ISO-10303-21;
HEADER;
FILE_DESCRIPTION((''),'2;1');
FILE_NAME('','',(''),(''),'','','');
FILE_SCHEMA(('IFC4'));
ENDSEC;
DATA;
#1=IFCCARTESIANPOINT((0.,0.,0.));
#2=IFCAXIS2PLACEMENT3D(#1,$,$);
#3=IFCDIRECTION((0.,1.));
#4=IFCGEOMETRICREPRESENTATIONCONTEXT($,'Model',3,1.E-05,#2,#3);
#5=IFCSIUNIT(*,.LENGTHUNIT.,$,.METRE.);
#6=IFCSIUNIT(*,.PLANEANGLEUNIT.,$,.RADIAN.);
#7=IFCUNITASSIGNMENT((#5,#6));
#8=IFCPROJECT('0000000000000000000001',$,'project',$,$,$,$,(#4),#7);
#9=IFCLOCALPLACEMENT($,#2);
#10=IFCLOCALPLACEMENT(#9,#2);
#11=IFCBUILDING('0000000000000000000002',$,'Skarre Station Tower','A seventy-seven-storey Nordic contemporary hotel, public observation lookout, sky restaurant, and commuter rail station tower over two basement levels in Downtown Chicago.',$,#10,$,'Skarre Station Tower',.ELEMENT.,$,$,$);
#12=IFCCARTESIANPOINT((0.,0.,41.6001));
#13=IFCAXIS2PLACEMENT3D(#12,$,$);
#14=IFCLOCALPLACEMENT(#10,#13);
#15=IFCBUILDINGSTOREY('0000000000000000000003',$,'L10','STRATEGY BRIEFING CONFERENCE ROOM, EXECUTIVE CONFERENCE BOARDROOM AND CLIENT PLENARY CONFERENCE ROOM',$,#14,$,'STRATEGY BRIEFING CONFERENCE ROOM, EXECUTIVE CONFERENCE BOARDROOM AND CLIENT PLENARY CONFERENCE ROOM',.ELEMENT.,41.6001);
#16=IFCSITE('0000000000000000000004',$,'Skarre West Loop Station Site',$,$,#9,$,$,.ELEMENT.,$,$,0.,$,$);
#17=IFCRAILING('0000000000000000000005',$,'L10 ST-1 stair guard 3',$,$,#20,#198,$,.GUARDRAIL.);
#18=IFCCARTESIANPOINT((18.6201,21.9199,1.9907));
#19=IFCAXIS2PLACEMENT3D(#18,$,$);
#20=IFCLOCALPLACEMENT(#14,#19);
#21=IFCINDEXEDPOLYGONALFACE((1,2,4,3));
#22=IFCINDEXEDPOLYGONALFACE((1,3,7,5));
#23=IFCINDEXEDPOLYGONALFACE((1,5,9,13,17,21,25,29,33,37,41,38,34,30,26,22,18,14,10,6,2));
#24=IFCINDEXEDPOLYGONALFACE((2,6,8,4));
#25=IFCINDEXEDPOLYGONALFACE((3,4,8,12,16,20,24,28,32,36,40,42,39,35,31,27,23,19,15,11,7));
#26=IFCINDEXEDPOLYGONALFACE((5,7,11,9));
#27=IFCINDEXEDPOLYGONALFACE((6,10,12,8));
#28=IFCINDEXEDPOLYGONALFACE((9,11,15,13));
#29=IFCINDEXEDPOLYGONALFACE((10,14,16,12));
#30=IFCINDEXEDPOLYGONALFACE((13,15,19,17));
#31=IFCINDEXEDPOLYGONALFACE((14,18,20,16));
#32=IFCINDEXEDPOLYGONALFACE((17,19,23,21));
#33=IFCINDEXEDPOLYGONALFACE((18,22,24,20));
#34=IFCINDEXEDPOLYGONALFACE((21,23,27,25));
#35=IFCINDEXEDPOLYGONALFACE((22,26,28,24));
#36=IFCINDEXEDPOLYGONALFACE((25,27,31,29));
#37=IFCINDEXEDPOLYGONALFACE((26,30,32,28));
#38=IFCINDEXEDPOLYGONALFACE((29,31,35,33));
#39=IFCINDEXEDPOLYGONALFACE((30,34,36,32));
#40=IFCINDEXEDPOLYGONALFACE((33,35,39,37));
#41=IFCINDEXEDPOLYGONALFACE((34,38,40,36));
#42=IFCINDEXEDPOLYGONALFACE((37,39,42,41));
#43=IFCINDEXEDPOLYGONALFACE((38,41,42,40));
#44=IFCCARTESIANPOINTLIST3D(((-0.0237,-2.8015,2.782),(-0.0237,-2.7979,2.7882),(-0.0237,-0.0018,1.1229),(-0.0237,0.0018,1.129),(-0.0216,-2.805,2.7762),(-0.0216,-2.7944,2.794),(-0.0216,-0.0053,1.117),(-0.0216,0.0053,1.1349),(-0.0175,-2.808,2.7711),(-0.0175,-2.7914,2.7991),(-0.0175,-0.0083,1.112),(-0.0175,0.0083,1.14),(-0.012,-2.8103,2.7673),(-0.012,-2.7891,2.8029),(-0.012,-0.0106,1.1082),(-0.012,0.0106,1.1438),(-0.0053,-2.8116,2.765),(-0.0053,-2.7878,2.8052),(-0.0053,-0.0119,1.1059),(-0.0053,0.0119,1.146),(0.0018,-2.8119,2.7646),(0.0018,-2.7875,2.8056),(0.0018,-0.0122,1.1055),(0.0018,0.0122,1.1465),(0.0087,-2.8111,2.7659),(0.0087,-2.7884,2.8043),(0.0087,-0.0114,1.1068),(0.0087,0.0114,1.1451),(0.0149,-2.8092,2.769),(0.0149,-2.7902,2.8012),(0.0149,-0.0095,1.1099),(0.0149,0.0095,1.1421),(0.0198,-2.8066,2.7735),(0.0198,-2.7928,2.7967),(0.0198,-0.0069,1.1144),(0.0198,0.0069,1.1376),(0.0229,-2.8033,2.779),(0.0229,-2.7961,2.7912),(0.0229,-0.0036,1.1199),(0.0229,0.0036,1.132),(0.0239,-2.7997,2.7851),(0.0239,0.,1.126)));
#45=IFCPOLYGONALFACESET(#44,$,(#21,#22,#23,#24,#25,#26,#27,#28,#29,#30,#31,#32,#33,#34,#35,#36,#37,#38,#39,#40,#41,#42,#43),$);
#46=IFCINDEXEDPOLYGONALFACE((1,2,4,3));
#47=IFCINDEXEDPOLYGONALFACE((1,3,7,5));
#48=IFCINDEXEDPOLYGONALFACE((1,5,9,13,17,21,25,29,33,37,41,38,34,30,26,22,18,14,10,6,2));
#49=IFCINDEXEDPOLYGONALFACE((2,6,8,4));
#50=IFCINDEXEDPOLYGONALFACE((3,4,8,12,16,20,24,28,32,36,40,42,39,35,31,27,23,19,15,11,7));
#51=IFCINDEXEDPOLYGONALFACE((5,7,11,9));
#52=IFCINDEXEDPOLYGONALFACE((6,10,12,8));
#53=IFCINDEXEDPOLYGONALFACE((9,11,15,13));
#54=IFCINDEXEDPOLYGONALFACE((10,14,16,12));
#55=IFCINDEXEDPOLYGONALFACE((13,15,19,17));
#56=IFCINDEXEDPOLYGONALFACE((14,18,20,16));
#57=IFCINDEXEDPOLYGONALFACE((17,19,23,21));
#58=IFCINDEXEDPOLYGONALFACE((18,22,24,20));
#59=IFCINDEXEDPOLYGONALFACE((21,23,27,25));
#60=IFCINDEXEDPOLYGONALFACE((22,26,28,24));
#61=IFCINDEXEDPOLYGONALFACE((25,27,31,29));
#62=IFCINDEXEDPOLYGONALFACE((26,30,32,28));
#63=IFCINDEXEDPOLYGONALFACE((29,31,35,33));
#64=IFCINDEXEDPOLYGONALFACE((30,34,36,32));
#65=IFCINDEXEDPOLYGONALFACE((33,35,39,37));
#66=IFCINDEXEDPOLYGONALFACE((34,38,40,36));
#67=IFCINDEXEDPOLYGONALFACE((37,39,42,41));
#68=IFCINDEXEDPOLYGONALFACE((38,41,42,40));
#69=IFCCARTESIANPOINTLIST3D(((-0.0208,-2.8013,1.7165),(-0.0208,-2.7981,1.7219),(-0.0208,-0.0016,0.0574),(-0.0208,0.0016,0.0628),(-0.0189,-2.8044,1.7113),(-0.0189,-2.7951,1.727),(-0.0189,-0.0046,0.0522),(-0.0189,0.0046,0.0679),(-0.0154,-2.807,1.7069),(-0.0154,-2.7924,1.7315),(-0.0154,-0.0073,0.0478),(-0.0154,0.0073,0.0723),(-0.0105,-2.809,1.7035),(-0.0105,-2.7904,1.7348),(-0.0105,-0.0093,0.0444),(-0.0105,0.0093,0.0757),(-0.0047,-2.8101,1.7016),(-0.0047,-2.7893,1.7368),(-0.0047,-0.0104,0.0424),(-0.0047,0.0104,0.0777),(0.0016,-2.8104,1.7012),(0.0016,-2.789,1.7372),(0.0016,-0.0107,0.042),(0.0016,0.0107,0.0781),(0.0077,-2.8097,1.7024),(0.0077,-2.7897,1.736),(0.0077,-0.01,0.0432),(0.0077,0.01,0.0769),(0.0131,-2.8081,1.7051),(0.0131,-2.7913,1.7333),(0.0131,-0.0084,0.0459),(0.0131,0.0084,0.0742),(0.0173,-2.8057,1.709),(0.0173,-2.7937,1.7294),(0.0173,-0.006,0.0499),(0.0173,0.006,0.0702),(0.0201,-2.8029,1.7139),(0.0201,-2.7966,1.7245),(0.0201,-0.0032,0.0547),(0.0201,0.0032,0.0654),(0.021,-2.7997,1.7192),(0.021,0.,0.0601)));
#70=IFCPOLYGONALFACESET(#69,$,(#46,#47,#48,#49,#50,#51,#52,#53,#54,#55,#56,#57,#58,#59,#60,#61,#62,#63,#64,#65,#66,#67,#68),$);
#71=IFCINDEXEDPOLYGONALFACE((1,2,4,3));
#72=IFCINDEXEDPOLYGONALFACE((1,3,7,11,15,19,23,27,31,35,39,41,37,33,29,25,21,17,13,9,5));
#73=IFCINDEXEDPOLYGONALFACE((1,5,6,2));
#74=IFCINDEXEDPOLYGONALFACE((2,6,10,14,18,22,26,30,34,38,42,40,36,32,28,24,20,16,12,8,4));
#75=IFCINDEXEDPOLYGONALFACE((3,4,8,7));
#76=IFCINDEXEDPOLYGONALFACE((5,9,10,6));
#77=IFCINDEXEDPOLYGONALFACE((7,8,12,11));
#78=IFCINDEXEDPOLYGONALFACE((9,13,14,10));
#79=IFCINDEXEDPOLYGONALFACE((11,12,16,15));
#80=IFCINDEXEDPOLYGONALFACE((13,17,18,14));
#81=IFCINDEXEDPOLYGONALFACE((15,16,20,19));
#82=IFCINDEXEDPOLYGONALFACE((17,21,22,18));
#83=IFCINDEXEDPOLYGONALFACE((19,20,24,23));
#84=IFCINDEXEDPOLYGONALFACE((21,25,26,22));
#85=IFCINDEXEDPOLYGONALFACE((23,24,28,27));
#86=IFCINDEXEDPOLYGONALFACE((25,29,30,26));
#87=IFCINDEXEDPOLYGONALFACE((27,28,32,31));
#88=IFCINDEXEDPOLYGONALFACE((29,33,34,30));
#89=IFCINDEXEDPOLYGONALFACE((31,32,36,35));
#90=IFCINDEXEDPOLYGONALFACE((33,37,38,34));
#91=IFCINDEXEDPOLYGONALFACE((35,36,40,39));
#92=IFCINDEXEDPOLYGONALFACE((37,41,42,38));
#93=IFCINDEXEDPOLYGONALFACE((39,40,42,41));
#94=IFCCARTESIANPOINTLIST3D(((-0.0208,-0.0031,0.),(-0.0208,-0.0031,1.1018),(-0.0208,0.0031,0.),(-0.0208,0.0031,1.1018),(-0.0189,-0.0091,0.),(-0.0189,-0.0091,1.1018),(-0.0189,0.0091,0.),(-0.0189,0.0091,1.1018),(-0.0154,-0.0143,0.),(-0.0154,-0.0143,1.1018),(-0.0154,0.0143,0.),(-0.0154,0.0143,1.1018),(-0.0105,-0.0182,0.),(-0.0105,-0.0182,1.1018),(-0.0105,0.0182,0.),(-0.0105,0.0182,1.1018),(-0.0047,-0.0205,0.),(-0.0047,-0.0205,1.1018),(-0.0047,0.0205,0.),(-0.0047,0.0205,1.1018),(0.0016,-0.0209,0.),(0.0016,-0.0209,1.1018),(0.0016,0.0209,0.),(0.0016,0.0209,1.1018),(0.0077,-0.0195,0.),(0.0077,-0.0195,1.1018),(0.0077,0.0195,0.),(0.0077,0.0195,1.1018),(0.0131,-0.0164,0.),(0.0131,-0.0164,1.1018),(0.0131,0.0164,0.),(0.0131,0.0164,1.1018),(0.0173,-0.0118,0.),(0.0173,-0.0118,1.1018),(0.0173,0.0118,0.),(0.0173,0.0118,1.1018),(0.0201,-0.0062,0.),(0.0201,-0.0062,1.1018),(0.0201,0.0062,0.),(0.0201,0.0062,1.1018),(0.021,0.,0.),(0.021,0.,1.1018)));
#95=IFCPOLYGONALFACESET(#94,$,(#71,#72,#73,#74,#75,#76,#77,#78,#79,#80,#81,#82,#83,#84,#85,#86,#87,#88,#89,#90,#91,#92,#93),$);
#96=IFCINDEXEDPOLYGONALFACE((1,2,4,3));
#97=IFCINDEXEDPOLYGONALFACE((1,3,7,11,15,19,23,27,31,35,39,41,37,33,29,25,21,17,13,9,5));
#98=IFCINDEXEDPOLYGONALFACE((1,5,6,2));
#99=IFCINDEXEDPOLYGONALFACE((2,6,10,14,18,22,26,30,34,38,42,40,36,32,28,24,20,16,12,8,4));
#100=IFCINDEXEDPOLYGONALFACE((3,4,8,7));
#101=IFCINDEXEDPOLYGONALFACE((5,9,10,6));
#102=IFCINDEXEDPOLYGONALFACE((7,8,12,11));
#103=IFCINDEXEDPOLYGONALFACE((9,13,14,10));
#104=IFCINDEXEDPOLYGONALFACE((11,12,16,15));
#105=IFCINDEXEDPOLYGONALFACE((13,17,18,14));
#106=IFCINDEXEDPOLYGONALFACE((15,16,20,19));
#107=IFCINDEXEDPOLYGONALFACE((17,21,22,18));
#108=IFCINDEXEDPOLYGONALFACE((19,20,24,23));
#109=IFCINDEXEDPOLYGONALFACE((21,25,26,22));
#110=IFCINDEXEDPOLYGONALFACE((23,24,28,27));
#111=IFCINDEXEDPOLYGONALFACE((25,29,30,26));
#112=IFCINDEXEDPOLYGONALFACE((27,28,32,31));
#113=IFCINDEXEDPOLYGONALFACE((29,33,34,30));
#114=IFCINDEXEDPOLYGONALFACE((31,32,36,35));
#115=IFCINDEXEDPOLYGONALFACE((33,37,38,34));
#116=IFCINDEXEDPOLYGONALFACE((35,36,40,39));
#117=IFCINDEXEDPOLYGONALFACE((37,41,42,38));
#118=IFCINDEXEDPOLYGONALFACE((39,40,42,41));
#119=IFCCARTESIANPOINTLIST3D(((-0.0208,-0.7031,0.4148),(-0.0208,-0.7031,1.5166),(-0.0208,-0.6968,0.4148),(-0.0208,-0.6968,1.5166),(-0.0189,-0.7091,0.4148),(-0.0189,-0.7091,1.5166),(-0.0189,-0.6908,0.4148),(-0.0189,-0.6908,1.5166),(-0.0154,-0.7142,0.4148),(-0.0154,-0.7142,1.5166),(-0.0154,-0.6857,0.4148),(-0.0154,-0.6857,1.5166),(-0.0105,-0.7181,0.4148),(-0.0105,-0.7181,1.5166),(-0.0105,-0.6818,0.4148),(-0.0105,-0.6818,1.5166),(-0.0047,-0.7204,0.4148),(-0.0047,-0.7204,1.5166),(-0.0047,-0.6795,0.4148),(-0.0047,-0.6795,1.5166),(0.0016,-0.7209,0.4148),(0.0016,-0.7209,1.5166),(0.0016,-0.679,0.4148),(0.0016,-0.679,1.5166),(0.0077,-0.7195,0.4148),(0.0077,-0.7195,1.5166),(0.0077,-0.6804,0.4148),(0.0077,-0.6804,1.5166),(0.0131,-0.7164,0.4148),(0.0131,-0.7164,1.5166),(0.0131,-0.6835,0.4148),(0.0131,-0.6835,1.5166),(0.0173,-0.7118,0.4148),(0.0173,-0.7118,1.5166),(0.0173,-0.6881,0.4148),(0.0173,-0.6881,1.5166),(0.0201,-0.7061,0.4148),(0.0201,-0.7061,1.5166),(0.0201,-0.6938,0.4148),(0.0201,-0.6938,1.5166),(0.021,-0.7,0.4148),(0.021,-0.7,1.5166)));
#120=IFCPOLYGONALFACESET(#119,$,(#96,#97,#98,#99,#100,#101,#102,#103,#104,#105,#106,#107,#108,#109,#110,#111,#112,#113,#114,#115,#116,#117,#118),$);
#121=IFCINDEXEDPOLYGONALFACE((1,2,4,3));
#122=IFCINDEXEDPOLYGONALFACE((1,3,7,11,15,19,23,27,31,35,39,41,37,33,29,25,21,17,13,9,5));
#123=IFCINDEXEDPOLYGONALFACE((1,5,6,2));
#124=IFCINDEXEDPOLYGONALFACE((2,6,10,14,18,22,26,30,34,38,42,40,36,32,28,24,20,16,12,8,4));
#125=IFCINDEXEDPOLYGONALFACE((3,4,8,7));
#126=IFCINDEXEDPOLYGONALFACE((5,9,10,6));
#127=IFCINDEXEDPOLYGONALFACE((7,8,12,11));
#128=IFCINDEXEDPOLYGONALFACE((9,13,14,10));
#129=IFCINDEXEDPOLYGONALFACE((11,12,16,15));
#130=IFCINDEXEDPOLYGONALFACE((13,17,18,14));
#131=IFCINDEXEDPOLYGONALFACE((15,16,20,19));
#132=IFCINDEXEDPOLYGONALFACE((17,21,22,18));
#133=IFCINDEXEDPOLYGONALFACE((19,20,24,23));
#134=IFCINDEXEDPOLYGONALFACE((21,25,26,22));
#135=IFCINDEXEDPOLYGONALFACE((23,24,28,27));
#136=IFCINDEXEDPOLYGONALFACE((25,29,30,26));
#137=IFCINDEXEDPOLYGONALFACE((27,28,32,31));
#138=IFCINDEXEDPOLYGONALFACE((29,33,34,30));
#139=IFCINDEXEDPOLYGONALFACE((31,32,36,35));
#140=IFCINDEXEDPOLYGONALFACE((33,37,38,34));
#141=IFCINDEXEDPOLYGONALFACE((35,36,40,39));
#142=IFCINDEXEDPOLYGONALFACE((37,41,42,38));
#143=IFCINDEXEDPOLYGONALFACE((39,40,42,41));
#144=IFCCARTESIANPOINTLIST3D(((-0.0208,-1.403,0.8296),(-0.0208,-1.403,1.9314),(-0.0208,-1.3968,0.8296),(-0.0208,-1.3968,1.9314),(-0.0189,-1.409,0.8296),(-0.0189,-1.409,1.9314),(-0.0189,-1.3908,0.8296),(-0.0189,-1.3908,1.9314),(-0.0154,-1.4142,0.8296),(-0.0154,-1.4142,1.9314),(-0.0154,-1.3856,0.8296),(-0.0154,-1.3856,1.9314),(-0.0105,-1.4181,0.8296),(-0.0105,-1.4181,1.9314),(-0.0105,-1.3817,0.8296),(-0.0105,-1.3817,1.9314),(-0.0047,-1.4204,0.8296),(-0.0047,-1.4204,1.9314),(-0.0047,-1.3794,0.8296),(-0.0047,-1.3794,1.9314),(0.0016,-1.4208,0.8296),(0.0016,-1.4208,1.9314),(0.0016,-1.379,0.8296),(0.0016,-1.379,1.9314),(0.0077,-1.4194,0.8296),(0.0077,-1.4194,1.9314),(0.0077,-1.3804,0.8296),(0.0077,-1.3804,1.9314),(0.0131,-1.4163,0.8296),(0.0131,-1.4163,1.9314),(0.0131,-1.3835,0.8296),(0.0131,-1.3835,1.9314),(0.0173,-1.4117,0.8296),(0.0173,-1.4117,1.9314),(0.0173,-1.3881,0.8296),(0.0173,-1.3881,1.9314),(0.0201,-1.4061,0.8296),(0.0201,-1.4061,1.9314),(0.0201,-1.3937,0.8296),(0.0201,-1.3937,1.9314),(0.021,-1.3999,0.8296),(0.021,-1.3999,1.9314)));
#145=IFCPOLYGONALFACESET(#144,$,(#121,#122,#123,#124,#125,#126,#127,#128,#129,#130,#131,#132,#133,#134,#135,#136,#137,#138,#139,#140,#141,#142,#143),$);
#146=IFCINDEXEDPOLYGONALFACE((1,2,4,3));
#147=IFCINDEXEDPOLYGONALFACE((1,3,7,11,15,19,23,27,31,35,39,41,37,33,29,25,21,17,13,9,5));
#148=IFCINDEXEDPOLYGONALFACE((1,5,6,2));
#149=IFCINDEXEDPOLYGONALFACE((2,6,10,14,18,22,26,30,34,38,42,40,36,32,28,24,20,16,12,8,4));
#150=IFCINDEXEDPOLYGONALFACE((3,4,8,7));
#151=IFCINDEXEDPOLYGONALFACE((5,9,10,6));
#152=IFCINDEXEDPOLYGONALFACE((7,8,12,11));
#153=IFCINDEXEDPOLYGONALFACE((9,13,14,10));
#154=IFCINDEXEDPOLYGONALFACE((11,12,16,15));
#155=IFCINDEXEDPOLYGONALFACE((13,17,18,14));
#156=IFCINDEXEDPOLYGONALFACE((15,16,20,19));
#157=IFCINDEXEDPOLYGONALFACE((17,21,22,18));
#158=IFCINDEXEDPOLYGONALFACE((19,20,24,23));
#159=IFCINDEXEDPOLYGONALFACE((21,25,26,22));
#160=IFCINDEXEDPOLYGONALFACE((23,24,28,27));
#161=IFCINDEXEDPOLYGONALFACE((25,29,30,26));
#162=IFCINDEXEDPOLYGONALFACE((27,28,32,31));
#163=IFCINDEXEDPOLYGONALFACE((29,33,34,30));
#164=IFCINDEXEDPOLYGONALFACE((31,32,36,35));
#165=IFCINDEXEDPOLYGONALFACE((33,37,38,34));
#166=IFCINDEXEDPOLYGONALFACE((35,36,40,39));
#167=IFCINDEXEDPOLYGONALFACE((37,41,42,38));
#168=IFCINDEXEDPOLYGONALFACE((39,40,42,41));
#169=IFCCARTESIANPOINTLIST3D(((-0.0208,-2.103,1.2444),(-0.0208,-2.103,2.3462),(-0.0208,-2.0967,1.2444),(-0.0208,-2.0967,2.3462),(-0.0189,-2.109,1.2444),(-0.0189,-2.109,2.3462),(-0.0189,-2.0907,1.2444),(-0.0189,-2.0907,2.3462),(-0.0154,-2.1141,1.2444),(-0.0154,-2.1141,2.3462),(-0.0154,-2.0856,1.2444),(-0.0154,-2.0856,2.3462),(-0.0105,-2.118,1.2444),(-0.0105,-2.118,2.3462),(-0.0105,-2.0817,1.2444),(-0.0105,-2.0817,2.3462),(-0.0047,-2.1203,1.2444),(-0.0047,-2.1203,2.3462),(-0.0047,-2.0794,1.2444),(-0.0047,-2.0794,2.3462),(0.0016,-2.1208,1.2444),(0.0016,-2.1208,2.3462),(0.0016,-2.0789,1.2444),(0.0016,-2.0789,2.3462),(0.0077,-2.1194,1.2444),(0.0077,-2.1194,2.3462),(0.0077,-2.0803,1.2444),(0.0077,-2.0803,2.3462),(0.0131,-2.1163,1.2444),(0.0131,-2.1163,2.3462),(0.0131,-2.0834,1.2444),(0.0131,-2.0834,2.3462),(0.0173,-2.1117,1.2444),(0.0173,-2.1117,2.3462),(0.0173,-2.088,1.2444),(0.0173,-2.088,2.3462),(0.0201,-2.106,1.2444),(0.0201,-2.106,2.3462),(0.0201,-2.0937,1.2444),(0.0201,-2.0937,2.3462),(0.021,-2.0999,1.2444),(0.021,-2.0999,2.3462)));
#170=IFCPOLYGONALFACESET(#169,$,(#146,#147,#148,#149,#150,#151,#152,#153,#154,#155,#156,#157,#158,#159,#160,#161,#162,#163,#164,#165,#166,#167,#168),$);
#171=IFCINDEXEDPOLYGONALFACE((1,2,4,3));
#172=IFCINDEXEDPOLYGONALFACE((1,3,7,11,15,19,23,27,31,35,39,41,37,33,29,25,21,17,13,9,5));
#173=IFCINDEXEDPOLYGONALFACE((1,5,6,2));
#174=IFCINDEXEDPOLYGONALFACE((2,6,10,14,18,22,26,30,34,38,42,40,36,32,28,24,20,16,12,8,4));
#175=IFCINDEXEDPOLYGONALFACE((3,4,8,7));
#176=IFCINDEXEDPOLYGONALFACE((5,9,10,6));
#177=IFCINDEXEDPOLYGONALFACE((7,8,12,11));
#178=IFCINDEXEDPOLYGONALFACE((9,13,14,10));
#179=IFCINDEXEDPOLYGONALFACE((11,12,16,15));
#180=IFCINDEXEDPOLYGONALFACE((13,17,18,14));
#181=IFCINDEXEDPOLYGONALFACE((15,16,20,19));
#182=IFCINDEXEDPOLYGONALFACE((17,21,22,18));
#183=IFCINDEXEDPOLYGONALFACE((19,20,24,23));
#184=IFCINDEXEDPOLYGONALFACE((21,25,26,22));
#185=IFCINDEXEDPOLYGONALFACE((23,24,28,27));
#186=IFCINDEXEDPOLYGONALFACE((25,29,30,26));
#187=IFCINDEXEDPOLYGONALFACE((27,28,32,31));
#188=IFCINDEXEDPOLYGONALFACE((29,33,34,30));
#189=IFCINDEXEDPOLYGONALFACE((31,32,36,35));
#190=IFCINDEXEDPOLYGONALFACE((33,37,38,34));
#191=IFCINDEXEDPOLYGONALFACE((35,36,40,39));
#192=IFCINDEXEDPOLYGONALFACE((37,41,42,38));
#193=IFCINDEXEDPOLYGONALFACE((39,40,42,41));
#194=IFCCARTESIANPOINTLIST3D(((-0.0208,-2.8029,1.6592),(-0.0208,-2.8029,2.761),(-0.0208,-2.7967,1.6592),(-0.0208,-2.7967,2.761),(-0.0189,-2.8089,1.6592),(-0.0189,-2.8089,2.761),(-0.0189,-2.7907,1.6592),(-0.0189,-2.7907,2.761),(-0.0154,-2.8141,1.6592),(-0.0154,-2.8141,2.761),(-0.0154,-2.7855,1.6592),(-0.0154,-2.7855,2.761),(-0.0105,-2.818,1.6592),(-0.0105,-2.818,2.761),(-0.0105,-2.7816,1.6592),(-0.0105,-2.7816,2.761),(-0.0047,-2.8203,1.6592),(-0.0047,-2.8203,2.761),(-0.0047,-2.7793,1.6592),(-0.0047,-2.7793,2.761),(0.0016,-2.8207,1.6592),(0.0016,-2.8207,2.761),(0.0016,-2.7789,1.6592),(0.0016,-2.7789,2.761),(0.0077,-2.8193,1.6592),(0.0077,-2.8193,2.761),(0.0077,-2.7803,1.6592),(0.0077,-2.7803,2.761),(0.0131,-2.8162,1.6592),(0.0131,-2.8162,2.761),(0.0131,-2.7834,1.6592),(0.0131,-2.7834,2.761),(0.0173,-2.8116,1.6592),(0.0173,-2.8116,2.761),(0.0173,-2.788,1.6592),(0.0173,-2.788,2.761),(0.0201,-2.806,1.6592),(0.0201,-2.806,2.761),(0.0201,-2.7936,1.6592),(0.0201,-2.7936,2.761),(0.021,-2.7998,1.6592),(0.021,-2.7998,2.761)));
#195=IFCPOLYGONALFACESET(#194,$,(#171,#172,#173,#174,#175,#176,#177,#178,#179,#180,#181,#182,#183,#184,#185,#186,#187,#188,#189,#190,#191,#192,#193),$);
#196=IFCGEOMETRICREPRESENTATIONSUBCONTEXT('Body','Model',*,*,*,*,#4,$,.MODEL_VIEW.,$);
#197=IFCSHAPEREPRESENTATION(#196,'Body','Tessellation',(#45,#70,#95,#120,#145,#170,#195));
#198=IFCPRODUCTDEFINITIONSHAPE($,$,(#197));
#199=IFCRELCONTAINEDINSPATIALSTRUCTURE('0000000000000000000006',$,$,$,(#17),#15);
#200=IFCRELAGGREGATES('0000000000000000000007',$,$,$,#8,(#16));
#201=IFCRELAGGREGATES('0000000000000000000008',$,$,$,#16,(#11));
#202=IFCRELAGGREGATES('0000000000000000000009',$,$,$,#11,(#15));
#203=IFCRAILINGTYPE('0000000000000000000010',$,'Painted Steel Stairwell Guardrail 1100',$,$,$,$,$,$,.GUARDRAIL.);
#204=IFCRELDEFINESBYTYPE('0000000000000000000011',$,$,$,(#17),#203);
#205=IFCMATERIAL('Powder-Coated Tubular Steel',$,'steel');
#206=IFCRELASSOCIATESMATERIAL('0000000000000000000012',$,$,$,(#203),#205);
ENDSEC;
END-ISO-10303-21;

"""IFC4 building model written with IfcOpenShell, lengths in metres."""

from ifc_helpers import new_model, si_unit, direction, frame, origin, origin_2d, place, context, subcontext, project, spatial, circle, extrude, material, type_object, element, save


model = new_model("IFC4")

# Units and contexts
model_context = context("Model", 3, precision=1e-05, world=origin(), true_north=direction((0.0, 1.0)))
body_context = subcontext(model_context, "Body", "Model", "MODEL_VIEW")
ifc_project = project(units=[si_unit("LENGTHUNIT", "METRE"), si_unit("PLANEANGLEUNIT", "RADIAN")], contexts=[model_context])

# Site, building, storey
site_placement = place(None, origin())
site = spatial("IfcSite", under=ifc_project, at=site_placement, Name="Skarre West Loop Station Site", CompositionType="ELEMENT", RefElevation=0.0)
building_placement = place(site_placement, origin())
building = spatial("IfcBuilding", under=site, at=building_placement, Name="Skarre Station Tower", Description="A seventy-seven-storey Nordic contemporary hotel, public observation lookout, sky restaurant, and commuter rail station tower over two basement levels in Downtown Chicago.", LongName="Skarre Station Tower", CompositionType="ELEMENT")
storey_placement = place(building_placement, frame((0.0, 0.0, 41.6001)))
storey = spatial("IfcBuildingStorey", under=building, at=storey_placement, Name="L10", Description="STRATEGY BRIEFING CONFERENCE ROOM, EXECUTIVE CONFERENCE BOARDROOM AND CLIENT PLENARY CONFERENCE ROOM", LongName="STRATEGY BRIEFING CONFERENCE ROOM, EXECUTIVE CONFERENCE BOARDROOM AND CLIENT PLENARY CONFERENCE ROOM", CompositionType="ELEMENT", Elevation=41.6001)

# Railing
ifc_material_1 = material(Name="Powder-Coated Tubular Steel", Category="steel")
railing_type = type_object("IfcRailingType", Name="Painted Steel Stairwell Guardrail 1100", PredefinedType="GUARDRAIL", material=ifc_material_1)
railing_1_placement = place(storey_placement, frame((18.6201, 21.9199, 1.9907)))
element("IfcRailing", 1, at=railing_1_placement, inside=storey, type_object=railing_type, Name="L10 ST-1 stair guard 3", PredefinedType="GUARDRAIL", context=body_context, shape_type="SweptSolid", body=[
    extrude(circle(Radius=0.0239, at=origin_2d()), frame((0.0, 0.0, 1.126), z_axis=(0.0, -0.860287, 0.509811), x_axis=(1.0, 0.0, 0.0)), (0.0, 0.0, 1.0), 3.2544),
    extrude(circle(Radius=0.021, at=origin_2d()), frame((0.0, 0.0, 0.0601), z_axis=(0.0, -0.860287, 0.509811), x_axis=(1.0, 0.0, 0.0)), (0.0, 0.0, 1.0), 3.2544),
    extrude(circle(Radius=0.021, at=origin_2d()), origin(), (0.0, 0.0, 1.0), 1.1018),
    extrude(circle(Radius=0.021, at=origin_2d()), frame((0.0, -0.7, 0.4148)), (0.0, 0.0, 1.0), 1.1018),
    extrude(circle(Radius=0.021, at=origin_2d()), frame((0.0, -1.3999, 0.8296)), (0.0, 0.0, 1.0), 1.1018),
    extrude(circle(Radius=0.021, at=origin_2d()), frame((0.0, -2.0999, 1.2444)), (0.0, 0.0, 1.0), 1.1018),
    extrude(circle(Radius=0.021, at=origin_2d()), frame((0.0, -2.7998, 1.6592)), (0.0, 0.0, 1.0), 1.1018),
])

save(model, "model.ifc")
